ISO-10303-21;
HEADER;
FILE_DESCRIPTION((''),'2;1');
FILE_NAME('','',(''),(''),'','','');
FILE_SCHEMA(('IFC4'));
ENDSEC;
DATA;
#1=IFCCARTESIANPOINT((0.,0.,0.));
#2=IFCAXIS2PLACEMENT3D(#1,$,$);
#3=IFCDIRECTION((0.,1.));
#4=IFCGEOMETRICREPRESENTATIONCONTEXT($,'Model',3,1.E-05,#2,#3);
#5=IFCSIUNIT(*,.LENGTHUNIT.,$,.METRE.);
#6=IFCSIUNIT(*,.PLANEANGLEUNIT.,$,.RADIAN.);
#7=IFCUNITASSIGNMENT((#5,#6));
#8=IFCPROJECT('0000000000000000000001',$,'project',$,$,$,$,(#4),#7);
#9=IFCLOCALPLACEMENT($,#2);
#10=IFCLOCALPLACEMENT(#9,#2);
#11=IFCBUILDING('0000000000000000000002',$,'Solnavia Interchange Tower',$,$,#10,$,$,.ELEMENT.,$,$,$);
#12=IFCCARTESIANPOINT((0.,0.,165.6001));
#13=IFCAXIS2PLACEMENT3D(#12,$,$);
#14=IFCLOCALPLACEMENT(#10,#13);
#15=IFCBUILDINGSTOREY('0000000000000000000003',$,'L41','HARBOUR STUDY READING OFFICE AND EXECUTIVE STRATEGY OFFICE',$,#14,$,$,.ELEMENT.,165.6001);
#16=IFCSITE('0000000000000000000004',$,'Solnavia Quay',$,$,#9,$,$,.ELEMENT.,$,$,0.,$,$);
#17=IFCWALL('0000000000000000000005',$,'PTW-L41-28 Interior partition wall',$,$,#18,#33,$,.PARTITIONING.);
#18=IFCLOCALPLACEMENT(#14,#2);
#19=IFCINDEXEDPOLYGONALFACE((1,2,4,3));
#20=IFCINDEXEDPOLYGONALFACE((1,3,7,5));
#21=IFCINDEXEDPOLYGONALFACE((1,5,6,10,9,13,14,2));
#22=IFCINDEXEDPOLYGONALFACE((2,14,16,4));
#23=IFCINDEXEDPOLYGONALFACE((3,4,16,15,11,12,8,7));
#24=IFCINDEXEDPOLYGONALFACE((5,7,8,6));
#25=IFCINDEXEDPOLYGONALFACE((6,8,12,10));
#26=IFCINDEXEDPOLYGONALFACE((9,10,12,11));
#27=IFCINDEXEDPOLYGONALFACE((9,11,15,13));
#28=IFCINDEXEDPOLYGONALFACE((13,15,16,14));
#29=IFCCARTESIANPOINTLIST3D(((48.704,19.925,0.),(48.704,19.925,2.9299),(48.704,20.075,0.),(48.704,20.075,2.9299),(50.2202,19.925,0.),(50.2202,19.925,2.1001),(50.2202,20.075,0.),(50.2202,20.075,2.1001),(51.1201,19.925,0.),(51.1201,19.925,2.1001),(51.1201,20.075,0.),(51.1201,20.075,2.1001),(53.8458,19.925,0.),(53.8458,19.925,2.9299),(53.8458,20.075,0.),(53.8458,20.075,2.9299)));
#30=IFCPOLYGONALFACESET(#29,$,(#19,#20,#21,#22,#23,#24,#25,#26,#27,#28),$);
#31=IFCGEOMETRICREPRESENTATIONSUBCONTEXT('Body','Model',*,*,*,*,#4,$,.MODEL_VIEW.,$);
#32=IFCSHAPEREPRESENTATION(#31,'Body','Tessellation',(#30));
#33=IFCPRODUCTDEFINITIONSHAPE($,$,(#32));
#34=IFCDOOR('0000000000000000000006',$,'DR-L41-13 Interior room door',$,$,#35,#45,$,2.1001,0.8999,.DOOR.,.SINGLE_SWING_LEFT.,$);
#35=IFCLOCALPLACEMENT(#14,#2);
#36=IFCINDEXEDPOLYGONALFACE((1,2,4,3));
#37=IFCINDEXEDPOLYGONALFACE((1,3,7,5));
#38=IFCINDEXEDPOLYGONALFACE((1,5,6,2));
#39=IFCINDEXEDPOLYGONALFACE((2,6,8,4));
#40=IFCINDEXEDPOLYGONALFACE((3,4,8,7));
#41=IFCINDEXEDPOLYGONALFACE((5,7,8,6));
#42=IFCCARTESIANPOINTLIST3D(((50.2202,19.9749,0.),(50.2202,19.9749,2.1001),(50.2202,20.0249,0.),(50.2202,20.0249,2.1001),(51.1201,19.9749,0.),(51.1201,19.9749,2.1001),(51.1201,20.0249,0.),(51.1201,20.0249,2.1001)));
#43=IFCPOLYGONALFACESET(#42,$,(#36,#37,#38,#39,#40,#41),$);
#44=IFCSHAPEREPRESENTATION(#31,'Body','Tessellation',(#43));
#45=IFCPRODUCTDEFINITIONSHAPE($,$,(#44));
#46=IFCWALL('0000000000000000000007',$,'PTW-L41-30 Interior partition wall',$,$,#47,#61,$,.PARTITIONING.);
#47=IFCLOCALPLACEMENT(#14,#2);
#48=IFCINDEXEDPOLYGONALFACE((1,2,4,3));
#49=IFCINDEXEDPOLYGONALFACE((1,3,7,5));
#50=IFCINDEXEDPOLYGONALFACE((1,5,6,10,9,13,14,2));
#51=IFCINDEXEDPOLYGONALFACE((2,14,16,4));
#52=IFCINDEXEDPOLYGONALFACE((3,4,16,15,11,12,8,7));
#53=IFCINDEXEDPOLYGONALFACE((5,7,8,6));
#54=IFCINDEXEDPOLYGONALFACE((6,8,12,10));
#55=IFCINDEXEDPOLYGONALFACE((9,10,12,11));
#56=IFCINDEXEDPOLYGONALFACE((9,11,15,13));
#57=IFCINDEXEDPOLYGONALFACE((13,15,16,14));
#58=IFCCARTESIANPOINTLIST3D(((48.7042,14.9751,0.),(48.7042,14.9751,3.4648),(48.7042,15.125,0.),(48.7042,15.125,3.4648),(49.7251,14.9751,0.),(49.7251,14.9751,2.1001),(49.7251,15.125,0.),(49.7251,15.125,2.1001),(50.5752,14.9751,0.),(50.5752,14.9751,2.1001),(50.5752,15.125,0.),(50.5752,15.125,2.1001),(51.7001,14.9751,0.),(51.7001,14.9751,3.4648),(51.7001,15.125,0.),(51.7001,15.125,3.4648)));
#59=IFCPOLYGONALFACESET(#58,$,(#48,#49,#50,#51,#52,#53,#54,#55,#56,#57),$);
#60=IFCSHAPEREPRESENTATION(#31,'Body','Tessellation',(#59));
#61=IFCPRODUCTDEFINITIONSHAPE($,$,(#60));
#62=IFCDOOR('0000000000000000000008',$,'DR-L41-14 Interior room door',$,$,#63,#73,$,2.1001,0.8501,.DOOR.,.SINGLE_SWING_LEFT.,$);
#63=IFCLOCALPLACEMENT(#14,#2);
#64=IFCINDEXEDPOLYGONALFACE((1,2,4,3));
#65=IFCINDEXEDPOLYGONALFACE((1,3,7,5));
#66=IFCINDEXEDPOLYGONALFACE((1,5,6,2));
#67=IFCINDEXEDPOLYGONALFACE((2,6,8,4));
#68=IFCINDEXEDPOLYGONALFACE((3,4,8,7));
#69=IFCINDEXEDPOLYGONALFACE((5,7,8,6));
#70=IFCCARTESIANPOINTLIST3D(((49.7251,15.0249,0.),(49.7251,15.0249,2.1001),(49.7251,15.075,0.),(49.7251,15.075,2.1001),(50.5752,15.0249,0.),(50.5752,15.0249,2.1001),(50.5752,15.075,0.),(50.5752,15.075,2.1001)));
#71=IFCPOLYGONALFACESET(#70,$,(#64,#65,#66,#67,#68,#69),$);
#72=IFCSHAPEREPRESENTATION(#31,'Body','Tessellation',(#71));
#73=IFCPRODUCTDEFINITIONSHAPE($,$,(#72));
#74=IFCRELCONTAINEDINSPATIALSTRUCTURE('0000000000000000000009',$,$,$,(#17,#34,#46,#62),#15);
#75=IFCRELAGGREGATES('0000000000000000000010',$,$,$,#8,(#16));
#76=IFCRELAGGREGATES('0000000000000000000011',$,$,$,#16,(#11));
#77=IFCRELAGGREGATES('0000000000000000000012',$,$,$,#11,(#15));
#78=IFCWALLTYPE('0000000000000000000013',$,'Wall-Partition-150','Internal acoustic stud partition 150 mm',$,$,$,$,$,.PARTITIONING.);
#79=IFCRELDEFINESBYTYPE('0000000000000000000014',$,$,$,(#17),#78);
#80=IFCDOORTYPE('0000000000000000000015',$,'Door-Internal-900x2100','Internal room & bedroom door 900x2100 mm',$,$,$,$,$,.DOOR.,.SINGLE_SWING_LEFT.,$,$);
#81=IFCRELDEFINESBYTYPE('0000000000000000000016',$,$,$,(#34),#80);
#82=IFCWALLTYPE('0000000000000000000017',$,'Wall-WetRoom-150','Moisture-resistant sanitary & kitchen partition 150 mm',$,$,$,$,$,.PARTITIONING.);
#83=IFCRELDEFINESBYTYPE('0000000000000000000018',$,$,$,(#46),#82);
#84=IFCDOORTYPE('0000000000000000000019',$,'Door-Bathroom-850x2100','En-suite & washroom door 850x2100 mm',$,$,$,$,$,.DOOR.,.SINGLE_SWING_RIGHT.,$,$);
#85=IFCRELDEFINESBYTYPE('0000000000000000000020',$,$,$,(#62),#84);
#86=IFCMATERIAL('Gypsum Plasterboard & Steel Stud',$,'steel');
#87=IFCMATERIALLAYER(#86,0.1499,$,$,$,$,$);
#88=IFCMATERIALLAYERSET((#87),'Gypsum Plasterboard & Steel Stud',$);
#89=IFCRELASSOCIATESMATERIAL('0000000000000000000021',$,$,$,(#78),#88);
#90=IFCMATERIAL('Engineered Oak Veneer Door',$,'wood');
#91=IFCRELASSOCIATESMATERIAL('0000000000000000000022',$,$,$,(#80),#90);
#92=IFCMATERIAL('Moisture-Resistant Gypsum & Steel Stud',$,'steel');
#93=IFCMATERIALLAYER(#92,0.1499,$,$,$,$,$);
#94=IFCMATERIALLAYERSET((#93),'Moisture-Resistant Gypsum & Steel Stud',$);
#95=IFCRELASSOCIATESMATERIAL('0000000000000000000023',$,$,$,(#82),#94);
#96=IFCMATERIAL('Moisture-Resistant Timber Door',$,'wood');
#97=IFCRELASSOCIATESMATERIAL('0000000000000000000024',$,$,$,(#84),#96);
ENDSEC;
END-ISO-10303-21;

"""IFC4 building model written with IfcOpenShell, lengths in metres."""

from ifc_helpers import new_model, si_unit, direction, frame, frame_2d, origin, place, context, subcontext, project, spatial, rectangle, extrude, material, layer, layer_set, type_object, element, fill, save


model = new_model("IFC4")

# Units and contexts
model_context = context("Model", 3, precision=1e-05, world=origin(), true_north=direction((0.0, 1.0)))
body_context = subcontext(model_context, "Body", "Model", "MODEL_VIEW")
ifc_project = project(units=[si_unit("LENGTHUNIT", "METRE"), si_unit("PLANEANGLEUNIT", "RADIAN")], contexts=[model_context])

# Site, building, storey
site_placement = place(None, origin())
site = spatial("IfcSite", under=ifc_project, at=site_placement, Name="Solnavia Quay", CompositionType="ELEMENT", RefElevation=0.0)
building_placement = place(site_placement, origin())
building = spatial("IfcBuilding", under=site, at=building_placement, Name="Solnavia Interchange Tower", CompositionType="ELEMENT")
storey_placement = place(building_placement, frame((0.0, 0.0, 165.6001)))
storey = spatial("IfcBuildingStorey", under=building, at=storey_placement, Name="L41", Description="HARBOUR STUDY READING OFFICE AND EXECUTIVE STRATEGY OFFICE", CompositionType="ELEMENT", Elevation=165.6001)

# Walls, openings, doors
ifc_material_1 = material(Name="Gypsum Plasterboard & Steel Stud", Category="steel")
ifc_layer_1 = layer(ifc_material_1, 0.1499)
ifc_layer_set_1 = layer_set([ifc_layer_1], Name="Gypsum Plasterboard & Steel Stud")
wall_type_1 = type_object("IfcWallType", Name="Wall-Partition-150", Description="Internal acoustic stud partition 150 mm", PredefinedType="PARTITIONING", material=ifc_layer_set_1)
wall_1_placement = place(storey_placement, frame((48.7041, 20.0, 0.0), z_axis=(0.0, 0.0, 1.0), x_axis=(1.0, 0.0, 0.0)))
wall_1 = element("IfcWall", 1, at=wall_1_placement, inside=storey, type_object=wall_type_1, Name="PTW-L41-28 Interior partition wall", PredefinedType="PARTITIONING", context=body_context, shape_type="SweptSolid", body=[
    extrude(rectangle(XDim=5.1418, YDim=0.1499, at=frame_2d((2.5708, 0.0))), origin(), (0.0, 0.0, 1.0), 2.9299),
])
opening_1_placement = place(wall_1_placement, frame((1.5161, 0.0, 0.0)))
opening_1 = element("IfcOpeningElement", 2, at=opening_1_placement, cuts=wall_1, PredefinedType="OPENING", context=body_context, shape_type="SweptSolid", body=[
    extrude(rectangle(XDim=0.8999, YDim=2.1001, at=frame_2d((0.45, 1.05))), frame((0.0, 0.085, 0.0), z_axis=(0.0, -1.0, 0.0), x_axis=(1.0, 0.0, 0.0)), (0.0, 0.0, 1.0), 0.1699),
])
ifc_material_2 = material(Name="Engineered Oak Veneer Door", Category="wood")
door_type_1 = type_object("IfcDoorType", Name="Door-Internal-900x2100", Description="Internal room & bedroom door 900x2100 mm", OperationType="SINGLE_SWING_LEFT", PredefinedType="DOOR", material=ifc_material_2)
door_1_placement = place(opening_1_placement, origin())
door_1 = element("IfcDoor", 3, at=door_1_placement, inside=storey, type_object=door_type_1, Name="DR-L41-13 Interior room door", OperationType="SINGLE_SWING_LEFT", OverallHeight=2.1001, OverallWidth=0.8999, PredefinedType="DOOR", context=body_context, shape_type="SweptSolid", body=[
    extrude(rectangle(XDim=0.8999, YDim=2.1001, at=frame_2d((0.45, 1.05))), frame((0.0, 0.0249, 0.0), z_axis=(0.0, -1.0, 0.0), x_axis=(1.0, 0.0, 0.0)), (0.0, 0.0, 1.0), 0.05),
])
fill(opening_1, door_1)
ifc_material_3 = material(Name="Moisture-Resistant Gypsum & Steel Stud", Category="steel")
ifc_layer_2 = layer(ifc_material_3, 0.1499)
ifc_layer_set_2 = layer_set([ifc_layer_2], Name="Moisture-Resistant Gypsum & Steel Stud")
wall_type_2 = type_object("IfcWallType", Name="Wall-WetRoom-150", Description="Moisture-resistant sanitary & kitchen partition 150 mm", PredefinedType="PARTITIONING", material=ifc_layer_set_2)
wall_2_placement = place(storey_placement, frame((48.7041, 15.05, 0.0), z_axis=(0.0, 0.0, 1.0), x_axis=(1.0, 0.0, 0.0)))
wall_2 = element("IfcWall", 4, at=wall_2_placement, inside=storey, type_object=wall_type_2, Name="PTW-L41-30 Interior partition wall", PredefinedType="PARTITIONING", context=body_context, shape_type="SweptSolid", body=[
    extrude(rectangle(XDim=2.9958, YDim=0.1499, at=frame_2d((1.498, 0.0))), origin(), (0.0, 0.0, 1.0), 3.4648),
])
opening_2_placement = place(wall_2_placement, frame((1.021, 0.0, 0.0)))
opening_2 = element("IfcOpeningElement", 5, at=opening_2_placement, cuts=wall_2, PredefinedType="OPENING", context=body_context, shape_type="SweptSolid", body=[
    extrude(rectangle(XDim=0.8501, YDim=2.1001, at=frame_2d((0.425, 1.05))), frame((0.0, 0.085, 0.0), z_axis=(0.0, -1.0, 0.0), x_axis=(1.0, 0.0, 0.0)), (0.0, 0.0, 1.0), 0.1699),
])
ifc_material_4 = material(Name="Moisture-Resistant Timber Door", Category="wood")
door_type_2 = type_object("IfcDoorType", Name="Door-Bathroom-850x2100", Description="En-suite & washroom door 850x2100 mm", OperationType="SINGLE_SWING_RIGHT", PredefinedType="DOOR", material=ifc_material_4)
door_2_placement = place(opening_2_placement, origin())
door_2 = element("IfcDoor", 6, at=door_2_placement, inside=storey, type_object=door_type_2, Name="DR-L41-14 Interior room door", OperationType="SINGLE_SWING_LEFT", OverallHeight=2.1001, OverallWidth=0.8501, PredefinedType="DOOR", context=body_context, shape_type="SweptSolid", body=[
    extrude(rectangle(XDim=0.8501, YDim=2.1001, at=frame_2d((0.425, 1.05))), frame((0.0, 0.0249, 0.0), z_axis=(0.0, -1.0, 0.0), x_axis=(1.0, 0.0, 0.0)), (0.0, 0.0, 1.0), 0.05),
])
fill(opening_2, door_2)

save(model, "model.ifc")
